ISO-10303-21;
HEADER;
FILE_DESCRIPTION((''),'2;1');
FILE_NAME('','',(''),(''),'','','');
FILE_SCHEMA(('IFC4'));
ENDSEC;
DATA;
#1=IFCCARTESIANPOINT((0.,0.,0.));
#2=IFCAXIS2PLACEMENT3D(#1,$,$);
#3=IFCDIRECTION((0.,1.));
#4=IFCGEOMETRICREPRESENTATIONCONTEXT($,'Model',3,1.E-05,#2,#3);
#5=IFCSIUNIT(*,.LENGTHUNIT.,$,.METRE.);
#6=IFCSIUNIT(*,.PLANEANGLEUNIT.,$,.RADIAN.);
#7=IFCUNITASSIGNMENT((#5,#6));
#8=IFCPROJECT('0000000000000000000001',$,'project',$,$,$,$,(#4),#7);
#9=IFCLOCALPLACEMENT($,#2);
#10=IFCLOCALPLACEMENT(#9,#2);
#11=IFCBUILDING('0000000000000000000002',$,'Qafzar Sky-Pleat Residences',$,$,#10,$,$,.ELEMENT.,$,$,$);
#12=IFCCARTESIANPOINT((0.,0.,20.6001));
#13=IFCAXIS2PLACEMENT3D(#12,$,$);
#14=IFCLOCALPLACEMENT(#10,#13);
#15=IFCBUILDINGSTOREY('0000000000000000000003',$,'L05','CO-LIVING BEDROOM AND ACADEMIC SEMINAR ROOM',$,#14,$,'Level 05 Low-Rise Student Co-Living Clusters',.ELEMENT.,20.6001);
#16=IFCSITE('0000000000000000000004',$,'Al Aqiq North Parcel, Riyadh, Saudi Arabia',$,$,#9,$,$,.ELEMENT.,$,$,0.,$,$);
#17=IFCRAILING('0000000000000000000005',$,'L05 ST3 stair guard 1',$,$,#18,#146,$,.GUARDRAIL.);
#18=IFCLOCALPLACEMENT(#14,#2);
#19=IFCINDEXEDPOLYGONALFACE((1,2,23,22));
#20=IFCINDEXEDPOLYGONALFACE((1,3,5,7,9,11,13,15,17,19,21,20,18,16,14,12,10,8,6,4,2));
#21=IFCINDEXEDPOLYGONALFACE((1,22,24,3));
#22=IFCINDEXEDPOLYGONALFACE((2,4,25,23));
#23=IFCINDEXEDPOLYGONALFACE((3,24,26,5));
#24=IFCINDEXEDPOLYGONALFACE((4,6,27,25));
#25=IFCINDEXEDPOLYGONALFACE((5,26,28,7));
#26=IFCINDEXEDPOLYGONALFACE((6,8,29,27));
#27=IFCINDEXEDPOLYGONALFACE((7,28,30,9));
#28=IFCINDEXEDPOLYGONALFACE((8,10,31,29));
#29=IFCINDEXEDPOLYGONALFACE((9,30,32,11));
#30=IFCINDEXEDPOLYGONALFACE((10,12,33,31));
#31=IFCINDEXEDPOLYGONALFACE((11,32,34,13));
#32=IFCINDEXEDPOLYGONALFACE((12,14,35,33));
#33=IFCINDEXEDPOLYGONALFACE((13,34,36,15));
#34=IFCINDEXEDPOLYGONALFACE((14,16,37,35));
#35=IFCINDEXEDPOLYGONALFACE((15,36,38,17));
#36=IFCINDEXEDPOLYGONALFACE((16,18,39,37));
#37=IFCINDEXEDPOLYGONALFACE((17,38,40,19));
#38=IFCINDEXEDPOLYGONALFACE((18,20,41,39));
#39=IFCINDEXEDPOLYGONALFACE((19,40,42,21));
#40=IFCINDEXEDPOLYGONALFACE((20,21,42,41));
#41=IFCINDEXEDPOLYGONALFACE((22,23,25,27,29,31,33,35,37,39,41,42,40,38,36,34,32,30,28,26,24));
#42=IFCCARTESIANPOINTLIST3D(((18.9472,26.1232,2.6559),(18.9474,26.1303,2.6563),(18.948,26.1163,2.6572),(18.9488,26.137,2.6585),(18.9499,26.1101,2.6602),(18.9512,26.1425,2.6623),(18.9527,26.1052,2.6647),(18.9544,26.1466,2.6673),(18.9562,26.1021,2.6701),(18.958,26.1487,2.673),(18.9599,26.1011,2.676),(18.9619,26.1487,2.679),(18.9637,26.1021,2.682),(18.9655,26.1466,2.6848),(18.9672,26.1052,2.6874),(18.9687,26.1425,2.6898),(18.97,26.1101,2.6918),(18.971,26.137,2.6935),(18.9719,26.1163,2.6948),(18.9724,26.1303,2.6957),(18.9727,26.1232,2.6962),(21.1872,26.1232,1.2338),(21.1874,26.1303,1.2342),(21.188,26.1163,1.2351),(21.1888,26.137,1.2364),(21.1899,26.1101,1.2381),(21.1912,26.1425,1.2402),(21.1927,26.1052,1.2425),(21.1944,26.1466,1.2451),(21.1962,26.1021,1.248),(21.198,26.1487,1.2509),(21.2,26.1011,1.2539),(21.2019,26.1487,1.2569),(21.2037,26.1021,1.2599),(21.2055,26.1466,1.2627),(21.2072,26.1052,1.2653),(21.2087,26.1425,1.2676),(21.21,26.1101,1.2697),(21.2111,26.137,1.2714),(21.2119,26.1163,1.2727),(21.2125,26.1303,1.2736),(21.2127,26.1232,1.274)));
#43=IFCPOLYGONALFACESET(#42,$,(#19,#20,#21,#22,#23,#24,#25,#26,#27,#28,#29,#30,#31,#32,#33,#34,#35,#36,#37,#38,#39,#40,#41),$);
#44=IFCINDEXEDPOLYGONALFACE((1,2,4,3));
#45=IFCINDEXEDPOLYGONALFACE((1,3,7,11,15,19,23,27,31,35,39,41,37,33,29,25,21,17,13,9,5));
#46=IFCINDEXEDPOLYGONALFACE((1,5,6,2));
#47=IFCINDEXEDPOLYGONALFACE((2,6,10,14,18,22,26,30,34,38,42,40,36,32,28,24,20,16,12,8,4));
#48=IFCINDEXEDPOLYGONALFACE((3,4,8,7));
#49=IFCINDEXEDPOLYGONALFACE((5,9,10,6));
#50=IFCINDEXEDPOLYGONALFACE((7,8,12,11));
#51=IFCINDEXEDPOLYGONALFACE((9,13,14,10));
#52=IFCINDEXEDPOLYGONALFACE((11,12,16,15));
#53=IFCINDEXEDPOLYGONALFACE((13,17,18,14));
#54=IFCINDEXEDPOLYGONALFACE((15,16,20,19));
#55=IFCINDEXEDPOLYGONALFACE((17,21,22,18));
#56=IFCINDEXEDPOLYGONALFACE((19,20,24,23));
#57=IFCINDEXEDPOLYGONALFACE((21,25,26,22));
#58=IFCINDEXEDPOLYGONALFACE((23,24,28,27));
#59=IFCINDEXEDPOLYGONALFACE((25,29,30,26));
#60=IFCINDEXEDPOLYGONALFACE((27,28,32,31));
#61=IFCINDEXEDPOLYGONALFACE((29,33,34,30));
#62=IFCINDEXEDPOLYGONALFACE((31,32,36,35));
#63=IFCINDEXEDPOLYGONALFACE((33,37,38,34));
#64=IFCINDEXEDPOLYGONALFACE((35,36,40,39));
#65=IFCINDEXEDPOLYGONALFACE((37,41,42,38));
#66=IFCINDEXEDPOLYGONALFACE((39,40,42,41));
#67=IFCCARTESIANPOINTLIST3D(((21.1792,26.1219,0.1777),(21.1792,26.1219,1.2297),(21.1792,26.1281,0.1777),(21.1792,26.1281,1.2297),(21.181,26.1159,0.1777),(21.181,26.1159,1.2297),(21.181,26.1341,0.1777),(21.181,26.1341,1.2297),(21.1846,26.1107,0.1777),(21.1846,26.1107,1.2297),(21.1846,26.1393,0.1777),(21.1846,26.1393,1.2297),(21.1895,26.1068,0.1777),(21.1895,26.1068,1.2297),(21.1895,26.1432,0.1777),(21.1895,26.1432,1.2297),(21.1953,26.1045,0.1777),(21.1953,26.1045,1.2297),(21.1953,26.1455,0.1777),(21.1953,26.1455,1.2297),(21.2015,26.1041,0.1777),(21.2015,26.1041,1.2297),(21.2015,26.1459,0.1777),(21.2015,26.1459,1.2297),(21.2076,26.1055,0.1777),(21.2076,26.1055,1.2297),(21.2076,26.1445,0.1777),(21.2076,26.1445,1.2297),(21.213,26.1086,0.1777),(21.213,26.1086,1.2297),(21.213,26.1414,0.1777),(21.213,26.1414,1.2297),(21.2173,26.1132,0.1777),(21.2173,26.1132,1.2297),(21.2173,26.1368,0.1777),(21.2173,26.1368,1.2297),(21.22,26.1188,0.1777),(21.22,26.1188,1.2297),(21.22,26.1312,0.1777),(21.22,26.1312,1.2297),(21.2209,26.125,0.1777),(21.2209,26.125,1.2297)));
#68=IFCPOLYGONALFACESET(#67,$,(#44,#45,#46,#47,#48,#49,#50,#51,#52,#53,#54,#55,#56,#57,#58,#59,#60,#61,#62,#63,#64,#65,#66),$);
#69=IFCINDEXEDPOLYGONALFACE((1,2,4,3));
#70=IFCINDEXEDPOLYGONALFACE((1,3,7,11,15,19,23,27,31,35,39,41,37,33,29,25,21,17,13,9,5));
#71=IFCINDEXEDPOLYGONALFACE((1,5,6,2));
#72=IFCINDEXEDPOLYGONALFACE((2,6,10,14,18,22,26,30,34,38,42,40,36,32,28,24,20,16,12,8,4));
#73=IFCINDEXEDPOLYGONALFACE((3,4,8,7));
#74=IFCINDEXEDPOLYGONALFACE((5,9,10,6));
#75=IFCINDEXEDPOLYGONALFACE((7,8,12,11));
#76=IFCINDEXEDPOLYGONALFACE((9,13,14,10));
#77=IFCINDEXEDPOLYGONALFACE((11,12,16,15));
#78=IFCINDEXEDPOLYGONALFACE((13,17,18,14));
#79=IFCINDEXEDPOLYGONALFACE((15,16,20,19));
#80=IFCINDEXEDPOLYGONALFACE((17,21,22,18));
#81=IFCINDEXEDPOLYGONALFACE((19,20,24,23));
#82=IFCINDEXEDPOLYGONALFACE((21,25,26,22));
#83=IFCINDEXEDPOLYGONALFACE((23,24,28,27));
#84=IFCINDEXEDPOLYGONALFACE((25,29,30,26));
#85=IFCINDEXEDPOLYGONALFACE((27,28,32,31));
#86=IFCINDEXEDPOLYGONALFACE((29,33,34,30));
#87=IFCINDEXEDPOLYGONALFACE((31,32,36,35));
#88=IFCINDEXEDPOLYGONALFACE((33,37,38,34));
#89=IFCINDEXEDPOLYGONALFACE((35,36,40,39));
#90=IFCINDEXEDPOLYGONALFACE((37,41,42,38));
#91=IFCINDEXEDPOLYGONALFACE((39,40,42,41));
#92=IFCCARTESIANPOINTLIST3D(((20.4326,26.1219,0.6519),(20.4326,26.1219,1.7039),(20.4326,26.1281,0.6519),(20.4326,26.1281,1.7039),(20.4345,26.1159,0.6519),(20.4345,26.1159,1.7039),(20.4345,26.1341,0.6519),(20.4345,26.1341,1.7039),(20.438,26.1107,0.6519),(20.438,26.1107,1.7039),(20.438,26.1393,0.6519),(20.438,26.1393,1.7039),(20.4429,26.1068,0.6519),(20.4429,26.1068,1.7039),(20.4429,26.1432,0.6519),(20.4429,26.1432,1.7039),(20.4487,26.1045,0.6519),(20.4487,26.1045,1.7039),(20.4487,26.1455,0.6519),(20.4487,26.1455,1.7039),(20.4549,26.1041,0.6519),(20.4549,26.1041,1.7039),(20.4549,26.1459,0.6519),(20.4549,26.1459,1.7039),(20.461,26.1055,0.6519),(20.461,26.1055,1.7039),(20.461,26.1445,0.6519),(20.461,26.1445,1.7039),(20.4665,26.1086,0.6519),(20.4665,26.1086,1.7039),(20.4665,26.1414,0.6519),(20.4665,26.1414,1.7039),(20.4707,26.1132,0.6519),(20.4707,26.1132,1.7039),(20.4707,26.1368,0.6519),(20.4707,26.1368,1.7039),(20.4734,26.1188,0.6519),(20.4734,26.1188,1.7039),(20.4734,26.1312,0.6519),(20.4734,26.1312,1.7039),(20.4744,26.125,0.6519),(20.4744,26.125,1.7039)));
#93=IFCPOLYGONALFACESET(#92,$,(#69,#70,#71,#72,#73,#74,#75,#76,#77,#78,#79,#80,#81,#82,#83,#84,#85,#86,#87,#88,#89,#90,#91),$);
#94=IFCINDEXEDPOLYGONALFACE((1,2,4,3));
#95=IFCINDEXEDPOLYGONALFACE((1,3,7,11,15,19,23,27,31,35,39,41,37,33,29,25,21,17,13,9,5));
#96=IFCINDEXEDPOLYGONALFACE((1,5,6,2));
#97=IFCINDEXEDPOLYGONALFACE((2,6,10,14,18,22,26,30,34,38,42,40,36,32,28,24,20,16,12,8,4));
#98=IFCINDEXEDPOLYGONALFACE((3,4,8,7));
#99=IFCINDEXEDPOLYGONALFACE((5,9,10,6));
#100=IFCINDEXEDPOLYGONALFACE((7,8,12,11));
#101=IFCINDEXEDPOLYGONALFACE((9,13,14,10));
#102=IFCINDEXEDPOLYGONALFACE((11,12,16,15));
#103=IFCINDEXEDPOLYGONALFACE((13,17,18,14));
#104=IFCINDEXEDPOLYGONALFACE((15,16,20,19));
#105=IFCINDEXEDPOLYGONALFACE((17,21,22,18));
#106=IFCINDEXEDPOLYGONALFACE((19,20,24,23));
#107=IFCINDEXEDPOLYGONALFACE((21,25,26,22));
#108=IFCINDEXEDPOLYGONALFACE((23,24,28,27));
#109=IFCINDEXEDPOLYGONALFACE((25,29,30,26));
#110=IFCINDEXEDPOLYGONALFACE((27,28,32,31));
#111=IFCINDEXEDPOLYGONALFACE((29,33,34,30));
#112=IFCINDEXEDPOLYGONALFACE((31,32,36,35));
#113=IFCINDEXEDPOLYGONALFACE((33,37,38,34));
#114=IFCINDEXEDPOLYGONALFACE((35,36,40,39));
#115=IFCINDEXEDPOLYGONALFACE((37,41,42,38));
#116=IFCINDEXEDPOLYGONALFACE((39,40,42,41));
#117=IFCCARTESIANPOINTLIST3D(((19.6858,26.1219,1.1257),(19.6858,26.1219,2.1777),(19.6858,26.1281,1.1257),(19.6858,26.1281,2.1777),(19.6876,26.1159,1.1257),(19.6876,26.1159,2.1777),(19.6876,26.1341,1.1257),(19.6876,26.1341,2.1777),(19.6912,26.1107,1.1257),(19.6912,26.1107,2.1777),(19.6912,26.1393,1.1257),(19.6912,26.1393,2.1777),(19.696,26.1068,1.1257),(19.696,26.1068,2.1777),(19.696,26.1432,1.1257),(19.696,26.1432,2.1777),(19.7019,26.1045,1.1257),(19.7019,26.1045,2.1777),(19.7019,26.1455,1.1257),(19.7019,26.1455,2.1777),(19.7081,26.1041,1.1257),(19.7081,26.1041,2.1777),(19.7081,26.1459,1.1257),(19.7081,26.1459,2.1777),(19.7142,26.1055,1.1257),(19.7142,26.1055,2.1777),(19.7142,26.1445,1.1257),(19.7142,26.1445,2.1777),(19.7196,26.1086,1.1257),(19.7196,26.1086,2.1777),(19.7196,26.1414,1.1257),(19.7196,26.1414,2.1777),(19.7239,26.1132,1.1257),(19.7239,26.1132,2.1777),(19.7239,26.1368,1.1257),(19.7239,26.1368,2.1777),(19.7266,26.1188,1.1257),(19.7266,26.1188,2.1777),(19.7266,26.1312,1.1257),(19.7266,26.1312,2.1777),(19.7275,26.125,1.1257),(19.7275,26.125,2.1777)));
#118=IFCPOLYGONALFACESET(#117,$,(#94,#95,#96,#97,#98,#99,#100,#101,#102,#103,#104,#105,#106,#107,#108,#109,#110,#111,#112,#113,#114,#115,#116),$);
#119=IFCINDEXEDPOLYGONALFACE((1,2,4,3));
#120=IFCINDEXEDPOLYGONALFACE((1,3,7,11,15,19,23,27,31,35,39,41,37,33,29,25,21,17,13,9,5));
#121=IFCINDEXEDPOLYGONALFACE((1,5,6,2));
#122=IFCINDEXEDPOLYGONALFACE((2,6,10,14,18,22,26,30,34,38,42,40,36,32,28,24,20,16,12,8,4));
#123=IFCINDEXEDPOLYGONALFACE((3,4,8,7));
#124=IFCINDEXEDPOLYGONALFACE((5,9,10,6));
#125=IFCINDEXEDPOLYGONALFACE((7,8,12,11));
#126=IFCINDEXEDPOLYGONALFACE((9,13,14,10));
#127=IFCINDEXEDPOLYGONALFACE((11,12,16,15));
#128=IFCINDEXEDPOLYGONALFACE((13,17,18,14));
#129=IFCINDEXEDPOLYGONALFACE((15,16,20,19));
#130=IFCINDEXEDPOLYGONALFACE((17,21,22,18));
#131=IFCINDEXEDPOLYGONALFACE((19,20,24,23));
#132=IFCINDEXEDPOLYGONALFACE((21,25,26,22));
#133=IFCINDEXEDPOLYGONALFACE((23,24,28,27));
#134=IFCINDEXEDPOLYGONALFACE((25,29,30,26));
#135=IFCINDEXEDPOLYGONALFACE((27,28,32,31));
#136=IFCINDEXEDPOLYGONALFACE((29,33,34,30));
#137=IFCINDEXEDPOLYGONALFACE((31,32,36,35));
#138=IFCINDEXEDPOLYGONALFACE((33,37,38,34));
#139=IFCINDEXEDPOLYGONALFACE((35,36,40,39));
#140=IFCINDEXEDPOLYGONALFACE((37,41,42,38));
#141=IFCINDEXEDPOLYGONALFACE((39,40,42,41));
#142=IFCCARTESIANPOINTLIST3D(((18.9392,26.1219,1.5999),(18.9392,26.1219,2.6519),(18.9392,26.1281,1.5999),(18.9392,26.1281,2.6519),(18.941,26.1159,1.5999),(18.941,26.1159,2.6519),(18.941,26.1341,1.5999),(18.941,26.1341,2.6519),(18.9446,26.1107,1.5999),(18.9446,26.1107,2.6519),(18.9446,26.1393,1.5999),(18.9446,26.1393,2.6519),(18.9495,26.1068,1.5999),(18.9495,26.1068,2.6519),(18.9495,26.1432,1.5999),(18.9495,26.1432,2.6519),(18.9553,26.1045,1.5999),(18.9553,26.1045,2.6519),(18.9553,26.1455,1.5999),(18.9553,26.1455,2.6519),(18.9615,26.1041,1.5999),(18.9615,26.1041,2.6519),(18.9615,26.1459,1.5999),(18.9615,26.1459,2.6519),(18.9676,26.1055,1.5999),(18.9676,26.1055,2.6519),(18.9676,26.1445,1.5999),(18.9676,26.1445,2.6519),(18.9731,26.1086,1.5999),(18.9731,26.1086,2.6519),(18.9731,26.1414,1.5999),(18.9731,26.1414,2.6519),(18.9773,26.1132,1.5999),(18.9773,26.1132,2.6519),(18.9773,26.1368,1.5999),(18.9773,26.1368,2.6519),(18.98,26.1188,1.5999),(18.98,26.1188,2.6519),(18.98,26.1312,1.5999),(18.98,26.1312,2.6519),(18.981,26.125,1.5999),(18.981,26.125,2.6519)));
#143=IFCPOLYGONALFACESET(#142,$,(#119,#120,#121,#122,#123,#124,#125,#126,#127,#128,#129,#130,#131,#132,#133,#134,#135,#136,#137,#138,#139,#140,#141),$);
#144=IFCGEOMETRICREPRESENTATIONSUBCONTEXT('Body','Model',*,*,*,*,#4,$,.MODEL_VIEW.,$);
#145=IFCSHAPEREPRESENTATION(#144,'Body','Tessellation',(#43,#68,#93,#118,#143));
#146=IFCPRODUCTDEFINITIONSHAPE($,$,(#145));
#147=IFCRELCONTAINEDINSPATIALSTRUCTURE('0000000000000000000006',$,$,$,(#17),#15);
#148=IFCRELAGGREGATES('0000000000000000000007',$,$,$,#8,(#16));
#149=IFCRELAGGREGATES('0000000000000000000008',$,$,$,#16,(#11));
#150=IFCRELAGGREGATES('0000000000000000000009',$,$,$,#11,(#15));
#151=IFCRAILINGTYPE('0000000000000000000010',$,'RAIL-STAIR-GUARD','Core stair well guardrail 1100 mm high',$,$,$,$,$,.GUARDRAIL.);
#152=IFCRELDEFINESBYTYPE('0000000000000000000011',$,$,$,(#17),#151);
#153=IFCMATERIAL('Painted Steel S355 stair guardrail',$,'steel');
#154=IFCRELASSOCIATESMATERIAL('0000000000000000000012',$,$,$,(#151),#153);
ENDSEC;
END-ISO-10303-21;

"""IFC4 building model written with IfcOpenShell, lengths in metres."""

from ifc_helpers import new_model, si_unit, direction, frame, origin, origin_2d, place, context, subcontext, project, spatial, circle, extrude, source, transform, mapped, material, type_object, element, save


model = new_model("IFC4")

# Units and contexts
model_context = context("Model", 3, precision=1e-05, world=origin(), true_north=direction((0.0, 1.0)))
body_context = subcontext(model_context, "Body", "Model", "MODEL_VIEW")
ifc_project = project(units=[si_unit("LENGTHUNIT", "METRE"), si_unit("PLANEANGLEUNIT", "RADIAN")], contexts=[model_context])

# Site, building, storey
site_placement = place(None, origin())
site = spatial("IfcSite", under=ifc_project, at=site_placement, Name="Al Aqiq North Parcel, Riyadh, Saudi Arabia", CompositionType="ELEMENT", RefElevation=0.0)
building_placement = place(site_placement, origin())
building = spatial("IfcBuilding", under=site, at=building_placement, Name="Qafzar Sky-Pleat Residences", CompositionType="ELEMENT")
storey_placement = place(building_placement, frame((0.0, 0.0, 20.6001)))
storey = spatial("IfcBuildingStorey", under=building, at=storey_placement, Name="L05", Description="CO-LIVING BEDROOM AND ACADEMIC SEMINAR ROOM", LongName="Level 05 Low-Rise Student Co-Living Clusters", CompositionType="ELEMENT", Elevation=20.6001)

# Railing
ifc_material_1 = material(Name="Painted Steel S355 stair guardrail", Category="steel")
railing_type_1 = type_object("IfcRailingType", Name="RAIL-STAIR-GUARD", Description="Core stair well guardrail 1100 mm high", PredefinedType="GUARDRAIL", material=ifc_material_1)
shared_shape_1 = source(origin(), body_context, "Body", "SweptSolid", [
    extrude(circle(Radius=0.0239, at=origin_2d()), frame((0.0, 0.0, 1.0762), z_axis=(-0.844229, 0.0, 0.535982), x_axis=(0.0, -1.0, 0.0)), (0.0, 0.0, 1.0), 2.6533),
    extrude(circle(Radius=0.021, at=origin_2d()), origin(), (0.0, 0.0, 1.0), 1.052),
    extrude(circle(Radius=0.021, at=origin_2d()), frame((-0.7466, 0.0, 0.4741)), (0.0, 0.0, 1.0), 1.052),
    extrude(circle(Radius=0.021, at=origin_2d()), frame((-1.4934, 0.0, 0.948)), (0.0, 0.0, 1.0), 1.052),
    extrude(circle(Radius=0.021, at=origin_2d()), frame((-2.24, 0.0, 1.4221)), (0.0, 0.0, 1.0), 1.052),
])
railing_1_placement = place(storey_placement, frame((21.2, 26.125, 0.1777)))
element("IfcRailing", 1, at=railing_1_placement, inside=storey, type_object=railing_type_1, Name="L05 ST3 stair guard 1", PredefinedType="GUARDRAIL", context=body_context, shape_type="MappedRepresentation", body=[
    mapped(shared_shape_1, transform((0.0, 0.0, 0.0), x_axis=(1.0, 0.0, 0.0), y_axis=(0.0, 1.0, 0.0), z_axis=(0.0, 0.0, 1.0), scale=1.0)),
])

save(model, "model.ifc")
